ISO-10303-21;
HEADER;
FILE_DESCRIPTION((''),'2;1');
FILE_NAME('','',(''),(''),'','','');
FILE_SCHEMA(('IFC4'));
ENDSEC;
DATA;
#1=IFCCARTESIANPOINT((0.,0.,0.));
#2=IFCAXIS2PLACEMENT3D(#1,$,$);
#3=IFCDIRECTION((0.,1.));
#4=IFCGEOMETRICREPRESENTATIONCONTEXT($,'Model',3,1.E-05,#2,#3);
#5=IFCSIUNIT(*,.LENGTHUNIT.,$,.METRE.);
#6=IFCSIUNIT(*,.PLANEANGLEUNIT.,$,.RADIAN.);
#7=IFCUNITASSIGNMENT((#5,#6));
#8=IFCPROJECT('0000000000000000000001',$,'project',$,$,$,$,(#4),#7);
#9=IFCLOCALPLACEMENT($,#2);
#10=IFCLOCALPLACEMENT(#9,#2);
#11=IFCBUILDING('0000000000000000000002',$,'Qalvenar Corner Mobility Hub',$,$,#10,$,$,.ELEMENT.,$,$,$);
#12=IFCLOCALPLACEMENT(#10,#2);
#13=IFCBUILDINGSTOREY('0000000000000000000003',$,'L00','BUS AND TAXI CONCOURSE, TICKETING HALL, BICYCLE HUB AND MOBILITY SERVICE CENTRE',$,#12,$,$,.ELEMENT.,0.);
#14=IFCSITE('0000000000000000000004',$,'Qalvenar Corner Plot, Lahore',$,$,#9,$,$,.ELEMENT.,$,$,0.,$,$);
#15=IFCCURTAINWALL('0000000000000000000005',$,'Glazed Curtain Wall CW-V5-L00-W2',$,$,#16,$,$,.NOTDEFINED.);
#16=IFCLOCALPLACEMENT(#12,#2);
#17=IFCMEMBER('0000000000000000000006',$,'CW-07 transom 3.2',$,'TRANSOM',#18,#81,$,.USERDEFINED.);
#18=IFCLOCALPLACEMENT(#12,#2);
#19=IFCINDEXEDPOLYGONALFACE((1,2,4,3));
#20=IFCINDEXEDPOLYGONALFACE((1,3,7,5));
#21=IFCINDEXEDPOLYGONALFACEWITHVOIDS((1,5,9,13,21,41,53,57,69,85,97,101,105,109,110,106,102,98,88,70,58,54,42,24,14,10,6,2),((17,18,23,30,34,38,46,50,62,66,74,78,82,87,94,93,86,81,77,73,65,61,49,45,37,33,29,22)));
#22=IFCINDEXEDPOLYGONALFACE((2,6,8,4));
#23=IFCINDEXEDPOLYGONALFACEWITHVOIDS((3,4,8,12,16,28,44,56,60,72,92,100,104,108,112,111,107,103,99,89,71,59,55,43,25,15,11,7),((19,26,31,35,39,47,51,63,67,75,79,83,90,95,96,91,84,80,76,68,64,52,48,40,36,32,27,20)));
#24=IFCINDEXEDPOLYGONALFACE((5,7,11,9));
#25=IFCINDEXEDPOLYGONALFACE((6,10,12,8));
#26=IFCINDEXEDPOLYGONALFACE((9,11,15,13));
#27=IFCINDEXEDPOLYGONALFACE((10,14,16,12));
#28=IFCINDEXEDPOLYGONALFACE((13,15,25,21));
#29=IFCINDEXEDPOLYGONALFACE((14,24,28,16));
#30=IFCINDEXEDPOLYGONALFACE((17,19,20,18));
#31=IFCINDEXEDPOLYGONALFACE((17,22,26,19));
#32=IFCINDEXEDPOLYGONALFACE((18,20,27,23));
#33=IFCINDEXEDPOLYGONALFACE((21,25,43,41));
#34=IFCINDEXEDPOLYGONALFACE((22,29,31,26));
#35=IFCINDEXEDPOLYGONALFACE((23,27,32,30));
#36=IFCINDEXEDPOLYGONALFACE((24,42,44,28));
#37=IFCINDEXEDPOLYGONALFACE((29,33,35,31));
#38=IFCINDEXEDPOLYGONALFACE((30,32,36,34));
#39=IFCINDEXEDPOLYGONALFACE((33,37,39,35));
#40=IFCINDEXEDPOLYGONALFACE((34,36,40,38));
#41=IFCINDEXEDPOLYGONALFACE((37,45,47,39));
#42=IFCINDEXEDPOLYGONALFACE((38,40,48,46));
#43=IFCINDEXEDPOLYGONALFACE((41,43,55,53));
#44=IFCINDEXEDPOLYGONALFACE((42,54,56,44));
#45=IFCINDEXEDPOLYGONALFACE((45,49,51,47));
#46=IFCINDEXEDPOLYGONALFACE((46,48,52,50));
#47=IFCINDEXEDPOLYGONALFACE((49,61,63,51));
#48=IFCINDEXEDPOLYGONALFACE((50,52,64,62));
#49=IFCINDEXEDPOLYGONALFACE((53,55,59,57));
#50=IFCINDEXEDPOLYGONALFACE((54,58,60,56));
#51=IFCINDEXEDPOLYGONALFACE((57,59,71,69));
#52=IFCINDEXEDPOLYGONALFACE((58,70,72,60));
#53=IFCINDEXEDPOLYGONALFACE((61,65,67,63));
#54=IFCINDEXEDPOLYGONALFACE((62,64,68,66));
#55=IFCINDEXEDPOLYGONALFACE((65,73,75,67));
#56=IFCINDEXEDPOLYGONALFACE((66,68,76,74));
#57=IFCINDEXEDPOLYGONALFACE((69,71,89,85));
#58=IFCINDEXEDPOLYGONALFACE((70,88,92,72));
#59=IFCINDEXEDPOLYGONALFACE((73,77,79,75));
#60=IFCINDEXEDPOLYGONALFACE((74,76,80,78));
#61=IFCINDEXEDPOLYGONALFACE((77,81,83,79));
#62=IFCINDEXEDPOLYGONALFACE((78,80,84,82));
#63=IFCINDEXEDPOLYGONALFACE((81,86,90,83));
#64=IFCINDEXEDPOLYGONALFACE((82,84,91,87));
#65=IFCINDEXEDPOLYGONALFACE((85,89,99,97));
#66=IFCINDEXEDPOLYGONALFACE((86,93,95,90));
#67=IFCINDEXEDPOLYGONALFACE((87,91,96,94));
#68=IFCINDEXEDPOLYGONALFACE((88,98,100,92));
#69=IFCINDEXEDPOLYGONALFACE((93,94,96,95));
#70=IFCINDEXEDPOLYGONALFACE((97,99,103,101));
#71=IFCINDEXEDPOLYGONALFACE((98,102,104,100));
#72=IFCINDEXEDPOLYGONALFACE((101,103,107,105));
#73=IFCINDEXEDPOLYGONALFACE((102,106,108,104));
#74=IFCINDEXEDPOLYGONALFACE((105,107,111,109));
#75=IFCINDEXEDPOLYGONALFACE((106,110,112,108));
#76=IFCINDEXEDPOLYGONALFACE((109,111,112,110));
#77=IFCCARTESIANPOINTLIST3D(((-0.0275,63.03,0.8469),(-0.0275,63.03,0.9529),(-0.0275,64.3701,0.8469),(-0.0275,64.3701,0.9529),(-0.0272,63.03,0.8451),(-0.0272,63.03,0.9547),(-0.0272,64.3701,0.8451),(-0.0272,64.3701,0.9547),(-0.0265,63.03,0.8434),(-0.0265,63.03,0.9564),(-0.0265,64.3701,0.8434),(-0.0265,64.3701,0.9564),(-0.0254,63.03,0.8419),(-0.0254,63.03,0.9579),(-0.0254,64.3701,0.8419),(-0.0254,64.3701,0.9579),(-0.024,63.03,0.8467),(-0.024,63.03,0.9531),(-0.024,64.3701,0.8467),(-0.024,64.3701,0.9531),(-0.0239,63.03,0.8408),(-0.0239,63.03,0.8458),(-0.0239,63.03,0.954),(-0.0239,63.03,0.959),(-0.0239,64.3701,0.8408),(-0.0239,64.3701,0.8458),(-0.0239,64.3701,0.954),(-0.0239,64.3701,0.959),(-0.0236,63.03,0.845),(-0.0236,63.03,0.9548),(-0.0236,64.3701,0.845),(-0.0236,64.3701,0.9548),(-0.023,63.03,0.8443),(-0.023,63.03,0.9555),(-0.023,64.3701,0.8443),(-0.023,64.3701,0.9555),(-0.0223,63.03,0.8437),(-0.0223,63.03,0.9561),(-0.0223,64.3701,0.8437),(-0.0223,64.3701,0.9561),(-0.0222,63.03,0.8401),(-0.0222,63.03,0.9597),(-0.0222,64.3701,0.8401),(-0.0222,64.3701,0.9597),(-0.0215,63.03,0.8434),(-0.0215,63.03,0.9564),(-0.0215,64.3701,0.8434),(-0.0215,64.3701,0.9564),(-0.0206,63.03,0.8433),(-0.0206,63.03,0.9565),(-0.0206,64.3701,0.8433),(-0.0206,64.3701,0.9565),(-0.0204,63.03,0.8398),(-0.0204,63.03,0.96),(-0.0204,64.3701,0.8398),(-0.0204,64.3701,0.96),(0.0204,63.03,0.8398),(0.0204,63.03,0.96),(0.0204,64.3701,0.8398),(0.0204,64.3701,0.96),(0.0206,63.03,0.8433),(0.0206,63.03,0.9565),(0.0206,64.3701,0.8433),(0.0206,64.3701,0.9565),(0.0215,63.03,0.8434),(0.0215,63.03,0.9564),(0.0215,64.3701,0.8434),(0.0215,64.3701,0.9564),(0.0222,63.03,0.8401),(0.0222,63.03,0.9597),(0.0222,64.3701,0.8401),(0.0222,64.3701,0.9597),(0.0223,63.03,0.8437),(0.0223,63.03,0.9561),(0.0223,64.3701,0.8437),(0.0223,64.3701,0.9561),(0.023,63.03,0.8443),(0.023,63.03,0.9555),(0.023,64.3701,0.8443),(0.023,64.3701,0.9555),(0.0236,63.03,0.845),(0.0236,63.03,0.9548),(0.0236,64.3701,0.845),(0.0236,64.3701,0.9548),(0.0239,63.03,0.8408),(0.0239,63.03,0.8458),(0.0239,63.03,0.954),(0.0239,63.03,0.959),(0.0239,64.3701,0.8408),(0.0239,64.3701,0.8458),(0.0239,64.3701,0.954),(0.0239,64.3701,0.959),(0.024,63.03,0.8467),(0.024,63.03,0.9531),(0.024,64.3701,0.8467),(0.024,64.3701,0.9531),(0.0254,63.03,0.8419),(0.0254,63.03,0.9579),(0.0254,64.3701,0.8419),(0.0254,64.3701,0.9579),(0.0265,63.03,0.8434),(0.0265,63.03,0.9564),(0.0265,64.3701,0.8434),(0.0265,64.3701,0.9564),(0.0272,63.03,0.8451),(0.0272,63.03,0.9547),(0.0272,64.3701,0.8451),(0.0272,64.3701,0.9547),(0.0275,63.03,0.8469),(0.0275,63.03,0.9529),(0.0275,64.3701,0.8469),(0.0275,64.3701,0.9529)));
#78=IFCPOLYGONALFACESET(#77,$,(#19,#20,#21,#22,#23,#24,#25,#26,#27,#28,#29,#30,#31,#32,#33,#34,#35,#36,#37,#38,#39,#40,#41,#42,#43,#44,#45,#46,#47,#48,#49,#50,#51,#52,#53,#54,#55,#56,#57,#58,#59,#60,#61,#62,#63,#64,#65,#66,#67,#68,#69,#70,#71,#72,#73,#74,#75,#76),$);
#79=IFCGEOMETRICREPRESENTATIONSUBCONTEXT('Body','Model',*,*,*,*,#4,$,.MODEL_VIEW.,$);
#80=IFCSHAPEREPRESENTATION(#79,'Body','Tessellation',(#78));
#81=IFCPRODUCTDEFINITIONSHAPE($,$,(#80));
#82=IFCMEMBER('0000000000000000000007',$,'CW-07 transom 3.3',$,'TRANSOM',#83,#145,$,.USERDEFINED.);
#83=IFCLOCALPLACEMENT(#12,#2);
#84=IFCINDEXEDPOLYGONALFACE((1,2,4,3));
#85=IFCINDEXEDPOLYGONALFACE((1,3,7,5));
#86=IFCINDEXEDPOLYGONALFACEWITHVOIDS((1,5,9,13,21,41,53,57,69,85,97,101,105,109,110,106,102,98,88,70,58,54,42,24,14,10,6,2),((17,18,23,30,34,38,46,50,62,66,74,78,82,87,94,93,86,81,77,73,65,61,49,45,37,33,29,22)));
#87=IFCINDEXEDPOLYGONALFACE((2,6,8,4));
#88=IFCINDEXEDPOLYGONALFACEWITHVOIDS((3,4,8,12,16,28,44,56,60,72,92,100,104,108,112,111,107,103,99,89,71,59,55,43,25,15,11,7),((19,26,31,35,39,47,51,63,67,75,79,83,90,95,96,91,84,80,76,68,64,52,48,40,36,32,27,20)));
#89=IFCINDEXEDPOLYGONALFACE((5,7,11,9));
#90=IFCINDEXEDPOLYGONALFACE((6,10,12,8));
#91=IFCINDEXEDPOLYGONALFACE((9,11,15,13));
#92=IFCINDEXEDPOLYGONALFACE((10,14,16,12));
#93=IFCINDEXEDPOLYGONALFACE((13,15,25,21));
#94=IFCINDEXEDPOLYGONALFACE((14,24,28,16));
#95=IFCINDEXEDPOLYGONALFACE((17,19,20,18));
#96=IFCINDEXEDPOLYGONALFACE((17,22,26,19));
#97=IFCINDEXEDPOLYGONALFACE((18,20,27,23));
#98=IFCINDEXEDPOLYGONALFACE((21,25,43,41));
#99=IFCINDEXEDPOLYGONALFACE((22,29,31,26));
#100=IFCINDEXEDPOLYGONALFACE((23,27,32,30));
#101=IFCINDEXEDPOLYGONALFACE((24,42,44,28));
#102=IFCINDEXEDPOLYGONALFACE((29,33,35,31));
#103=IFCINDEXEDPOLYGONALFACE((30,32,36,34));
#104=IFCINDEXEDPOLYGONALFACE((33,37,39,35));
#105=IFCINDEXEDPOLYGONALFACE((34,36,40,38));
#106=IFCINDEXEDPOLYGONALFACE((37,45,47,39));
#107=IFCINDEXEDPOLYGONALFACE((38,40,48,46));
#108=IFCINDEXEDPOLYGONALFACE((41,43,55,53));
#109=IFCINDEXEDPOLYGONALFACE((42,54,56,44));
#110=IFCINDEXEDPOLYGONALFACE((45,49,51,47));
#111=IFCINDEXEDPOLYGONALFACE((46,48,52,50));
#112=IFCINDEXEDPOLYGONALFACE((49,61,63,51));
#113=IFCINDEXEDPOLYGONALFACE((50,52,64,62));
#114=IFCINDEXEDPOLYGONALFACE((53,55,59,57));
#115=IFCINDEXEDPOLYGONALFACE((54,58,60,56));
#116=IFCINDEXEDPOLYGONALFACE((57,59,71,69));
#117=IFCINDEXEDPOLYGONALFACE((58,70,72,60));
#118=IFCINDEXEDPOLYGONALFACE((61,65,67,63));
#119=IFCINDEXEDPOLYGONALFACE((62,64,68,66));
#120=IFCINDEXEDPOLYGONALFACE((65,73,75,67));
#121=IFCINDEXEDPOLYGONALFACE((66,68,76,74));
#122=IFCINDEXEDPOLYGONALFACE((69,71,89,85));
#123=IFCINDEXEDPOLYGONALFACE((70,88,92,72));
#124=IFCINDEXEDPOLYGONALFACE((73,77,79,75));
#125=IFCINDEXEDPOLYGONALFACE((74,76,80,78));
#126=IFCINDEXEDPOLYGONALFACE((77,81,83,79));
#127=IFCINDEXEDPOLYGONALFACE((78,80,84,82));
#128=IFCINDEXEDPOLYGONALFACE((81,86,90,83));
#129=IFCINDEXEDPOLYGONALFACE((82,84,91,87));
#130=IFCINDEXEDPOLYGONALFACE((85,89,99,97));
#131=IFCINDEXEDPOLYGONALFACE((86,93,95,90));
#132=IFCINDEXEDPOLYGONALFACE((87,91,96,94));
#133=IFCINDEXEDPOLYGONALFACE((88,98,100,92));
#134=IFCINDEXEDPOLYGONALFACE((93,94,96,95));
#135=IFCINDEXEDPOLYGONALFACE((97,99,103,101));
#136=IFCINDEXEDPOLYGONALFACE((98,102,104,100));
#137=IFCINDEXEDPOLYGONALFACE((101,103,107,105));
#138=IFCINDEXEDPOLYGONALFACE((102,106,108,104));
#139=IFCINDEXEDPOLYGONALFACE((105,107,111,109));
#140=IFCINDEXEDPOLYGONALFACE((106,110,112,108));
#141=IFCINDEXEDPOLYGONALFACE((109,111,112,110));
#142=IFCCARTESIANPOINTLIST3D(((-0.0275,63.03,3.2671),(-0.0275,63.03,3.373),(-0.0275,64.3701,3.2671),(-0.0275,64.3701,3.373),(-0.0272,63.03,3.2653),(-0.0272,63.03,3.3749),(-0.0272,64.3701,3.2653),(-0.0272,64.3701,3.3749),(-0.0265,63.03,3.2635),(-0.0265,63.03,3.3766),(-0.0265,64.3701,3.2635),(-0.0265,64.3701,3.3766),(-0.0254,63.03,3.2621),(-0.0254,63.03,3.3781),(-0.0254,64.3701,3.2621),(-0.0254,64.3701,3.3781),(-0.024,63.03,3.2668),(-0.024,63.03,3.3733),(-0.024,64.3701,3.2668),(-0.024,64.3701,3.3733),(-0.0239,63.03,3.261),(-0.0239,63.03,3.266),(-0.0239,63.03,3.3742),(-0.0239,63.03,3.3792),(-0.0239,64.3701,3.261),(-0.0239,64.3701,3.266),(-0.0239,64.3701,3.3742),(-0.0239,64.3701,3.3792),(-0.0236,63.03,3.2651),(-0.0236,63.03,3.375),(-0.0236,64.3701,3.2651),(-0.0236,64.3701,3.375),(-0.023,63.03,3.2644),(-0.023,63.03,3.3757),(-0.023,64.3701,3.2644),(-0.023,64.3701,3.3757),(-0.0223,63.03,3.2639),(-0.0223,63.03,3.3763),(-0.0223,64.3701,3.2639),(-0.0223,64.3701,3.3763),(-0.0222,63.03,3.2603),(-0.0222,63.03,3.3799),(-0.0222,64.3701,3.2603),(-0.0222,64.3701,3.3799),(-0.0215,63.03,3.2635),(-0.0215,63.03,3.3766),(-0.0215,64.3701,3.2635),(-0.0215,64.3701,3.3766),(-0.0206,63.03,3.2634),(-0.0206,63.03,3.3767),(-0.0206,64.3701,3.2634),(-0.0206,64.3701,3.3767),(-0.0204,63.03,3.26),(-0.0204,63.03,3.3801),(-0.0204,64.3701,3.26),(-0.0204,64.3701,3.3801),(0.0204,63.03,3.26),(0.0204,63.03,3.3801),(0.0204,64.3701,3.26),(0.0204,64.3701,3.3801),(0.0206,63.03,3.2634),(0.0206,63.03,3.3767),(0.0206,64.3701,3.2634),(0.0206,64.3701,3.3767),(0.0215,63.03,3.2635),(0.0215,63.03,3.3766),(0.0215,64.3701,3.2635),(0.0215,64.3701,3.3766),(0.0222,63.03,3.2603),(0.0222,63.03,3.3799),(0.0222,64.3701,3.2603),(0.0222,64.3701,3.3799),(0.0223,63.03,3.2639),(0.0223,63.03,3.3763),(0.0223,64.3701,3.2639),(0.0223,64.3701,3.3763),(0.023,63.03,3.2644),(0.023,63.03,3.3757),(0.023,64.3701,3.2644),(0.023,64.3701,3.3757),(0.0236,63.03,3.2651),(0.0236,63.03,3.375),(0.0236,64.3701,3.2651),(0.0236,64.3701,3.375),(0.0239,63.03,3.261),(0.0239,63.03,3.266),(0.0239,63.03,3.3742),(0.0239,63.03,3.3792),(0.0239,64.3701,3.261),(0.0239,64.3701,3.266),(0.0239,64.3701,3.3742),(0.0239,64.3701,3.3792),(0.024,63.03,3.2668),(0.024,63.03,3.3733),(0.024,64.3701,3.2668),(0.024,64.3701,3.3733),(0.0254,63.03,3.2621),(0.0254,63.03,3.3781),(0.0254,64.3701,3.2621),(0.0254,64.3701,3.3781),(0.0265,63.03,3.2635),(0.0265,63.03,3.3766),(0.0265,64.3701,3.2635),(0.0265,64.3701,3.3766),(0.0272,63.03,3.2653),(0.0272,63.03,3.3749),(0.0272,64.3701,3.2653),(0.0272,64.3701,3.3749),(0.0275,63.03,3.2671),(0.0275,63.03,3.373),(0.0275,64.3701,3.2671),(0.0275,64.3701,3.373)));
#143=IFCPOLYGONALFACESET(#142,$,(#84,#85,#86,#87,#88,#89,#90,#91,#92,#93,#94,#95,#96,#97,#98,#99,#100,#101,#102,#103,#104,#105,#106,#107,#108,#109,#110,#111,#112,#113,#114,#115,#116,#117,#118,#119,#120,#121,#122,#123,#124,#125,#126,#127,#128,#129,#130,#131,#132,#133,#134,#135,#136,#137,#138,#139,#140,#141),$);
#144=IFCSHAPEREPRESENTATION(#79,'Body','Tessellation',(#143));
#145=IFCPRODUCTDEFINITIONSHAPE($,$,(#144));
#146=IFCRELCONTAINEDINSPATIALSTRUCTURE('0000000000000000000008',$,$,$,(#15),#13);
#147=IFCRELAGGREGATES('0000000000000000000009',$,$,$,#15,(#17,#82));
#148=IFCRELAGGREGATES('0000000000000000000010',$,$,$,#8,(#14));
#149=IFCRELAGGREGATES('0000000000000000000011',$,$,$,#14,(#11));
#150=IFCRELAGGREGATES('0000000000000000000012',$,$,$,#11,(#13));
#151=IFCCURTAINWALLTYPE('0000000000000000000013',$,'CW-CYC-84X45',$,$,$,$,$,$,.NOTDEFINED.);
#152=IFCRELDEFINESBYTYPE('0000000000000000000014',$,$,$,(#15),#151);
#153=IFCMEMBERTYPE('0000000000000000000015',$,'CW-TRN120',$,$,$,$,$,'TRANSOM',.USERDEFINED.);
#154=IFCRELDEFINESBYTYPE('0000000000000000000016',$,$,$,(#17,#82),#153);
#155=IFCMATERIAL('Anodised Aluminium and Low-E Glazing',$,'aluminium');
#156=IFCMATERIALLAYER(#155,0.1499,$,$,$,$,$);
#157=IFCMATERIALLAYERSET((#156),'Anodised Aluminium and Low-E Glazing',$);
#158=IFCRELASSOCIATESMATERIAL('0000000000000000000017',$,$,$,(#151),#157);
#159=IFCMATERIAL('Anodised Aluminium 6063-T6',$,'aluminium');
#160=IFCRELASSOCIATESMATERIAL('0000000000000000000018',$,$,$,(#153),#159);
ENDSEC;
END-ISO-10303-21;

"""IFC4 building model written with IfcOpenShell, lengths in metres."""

from ifc_helpers import new_model, si_unit, direction, frame, origin, origin_2d, place, context, subcontext, project, spatial, hollow_rectangle, extrude, material, layer, layer_set, material_profile, profile_set, type_object, element, aggregate, save


model = new_model("IFC4")

# Units and contexts
model_context = context("Model", 3, precision=1e-05, world=origin(), true_north=direction((0.0, 1.0)))
body_context = subcontext(model_context, "Body", "Model", "MODEL_VIEW")
ifc_project = project(units=[si_unit("LENGTHUNIT", "METRE"), si_unit("PLANEANGLEUNIT", "RADIAN")], contexts=[model_context])

# Site, building, storey
site_placement = place(None, origin())
site = spatial("IfcSite", under=ifc_project, at=site_placement, Name="Qalvenar Corner Plot, Lahore", CompositionType="ELEMENT", RefElevation=0.0)
building_placement = place(site_placement, origin())
building = spatial("IfcBuilding", under=site, at=building_placement, Name="Qalvenar Corner Mobility Hub", CompositionType="ELEMENT")
storey_placement = place(building_placement, origin())
storey = spatial("IfcBuildingStorey", under=building, at=storey_placement, Name="L00", Description="BUS AND TAXI CONCOURSE, TICKETING HALL, BICYCLE HUB AND MOBILITY SERVICE CENTRE", CompositionType="ELEMENT", Elevation=0.0)

# Curtain wall, members
ifc_material_1 = material(Name="Anodised Aluminium and Low-E Glazing", Category="aluminium")
ifc_layer_1 = layer(ifc_material_1, 0.1499)
ifc_layer_set_1 = layer_set([ifc_layer_1], Name="Anodised Aluminium and Low-E Glazing")
curtain_wall_type = type_object("IfcCurtainWallType", Name="CW-CYC-84X45", PredefinedType="NOTDEFINED", material=ifc_layer_set_1)
curtain_wall_placement = place(storey_placement, origin())
curtain_wall = element("IfcCurtainWall", 1, at=curtain_wall_placement, inside=storey, type_object=curtain_wall_type, Name="Glazed Curtain Wall CW-V5-L00-W2", PredefinedType="NOTDEFINED")
ifc_material_2 = material(Name="Anodised Aluminium 6063-T6", Category="aluminium")
ifc_material_profile_1 = material_profile(ifc_material_2, hollow_rectangle(XDim=0.0549, YDim=0.1201, WallThickness=0.0034, InnerFilletRadius=0.0034, OuterFilletRadius=0.0071, at=origin_2d()), Name="RHS120x55x3.5")
ifc_profile_set_1 = profile_set([ifc_material_profile_1], Name="Anodised Aluminium 6063-T6")
member_type_1 = type_object("IfcMemberType", Name="CW-TRN120", ElementType="TRANSOM", PredefinedType="USERDEFINED", material=ifc_profile_set_1)
member_1_placement = place(storey_placement, frame((0.0, 64.3701, 0.8999), z_axis=(0.0, -1.0, 0.0), x_axis=(1.0, 0.0, 0.0)))
member_1 = element("IfcMember", 2, at=member_1_placement, type_object=member_type_1, Name="CW-07 transom 3.2", ObjectType="TRANSOM", PredefinedType="USERDEFINED", context=body_context, shape_type="SweptSolid", body=[
    extrude(hollow_rectangle(XDim=0.0549, YDim=0.1201, WallThickness=0.0034, InnerFilletRadius=0.0034, OuterFilletRadius=0.0071, at=origin_2d()), origin(), (0.0, 0.0, 1.0), 1.3401),
])
member_2_placement = place(storey_placement, frame((0.0, 64.3701, 3.3201), z_axis=(0.0, -1.0, 0.0), x_axis=(1.0, 0.0, 0.0)))
member_2 = element("IfcMember", 3, at=member_2_placement, type_object=member_type_1, Name="CW-07 transom 3.3", ObjectType="TRANSOM", PredefinedType="USERDEFINED", context=body_context, shape_type="SweptSolid", body=[
    extrude(hollow_rectangle(XDim=0.0549, YDim=0.1201, WallThickness=0.0034, InnerFilletRadius=0.0034, OuterFilletRadius=0.0071, at=origin_2d()), origin(), (0.0, 0.0, 1.0), 1.3401),
])
aggregate(curtain_wall, [member_1, member_2])

save(model, "model.ifc")
